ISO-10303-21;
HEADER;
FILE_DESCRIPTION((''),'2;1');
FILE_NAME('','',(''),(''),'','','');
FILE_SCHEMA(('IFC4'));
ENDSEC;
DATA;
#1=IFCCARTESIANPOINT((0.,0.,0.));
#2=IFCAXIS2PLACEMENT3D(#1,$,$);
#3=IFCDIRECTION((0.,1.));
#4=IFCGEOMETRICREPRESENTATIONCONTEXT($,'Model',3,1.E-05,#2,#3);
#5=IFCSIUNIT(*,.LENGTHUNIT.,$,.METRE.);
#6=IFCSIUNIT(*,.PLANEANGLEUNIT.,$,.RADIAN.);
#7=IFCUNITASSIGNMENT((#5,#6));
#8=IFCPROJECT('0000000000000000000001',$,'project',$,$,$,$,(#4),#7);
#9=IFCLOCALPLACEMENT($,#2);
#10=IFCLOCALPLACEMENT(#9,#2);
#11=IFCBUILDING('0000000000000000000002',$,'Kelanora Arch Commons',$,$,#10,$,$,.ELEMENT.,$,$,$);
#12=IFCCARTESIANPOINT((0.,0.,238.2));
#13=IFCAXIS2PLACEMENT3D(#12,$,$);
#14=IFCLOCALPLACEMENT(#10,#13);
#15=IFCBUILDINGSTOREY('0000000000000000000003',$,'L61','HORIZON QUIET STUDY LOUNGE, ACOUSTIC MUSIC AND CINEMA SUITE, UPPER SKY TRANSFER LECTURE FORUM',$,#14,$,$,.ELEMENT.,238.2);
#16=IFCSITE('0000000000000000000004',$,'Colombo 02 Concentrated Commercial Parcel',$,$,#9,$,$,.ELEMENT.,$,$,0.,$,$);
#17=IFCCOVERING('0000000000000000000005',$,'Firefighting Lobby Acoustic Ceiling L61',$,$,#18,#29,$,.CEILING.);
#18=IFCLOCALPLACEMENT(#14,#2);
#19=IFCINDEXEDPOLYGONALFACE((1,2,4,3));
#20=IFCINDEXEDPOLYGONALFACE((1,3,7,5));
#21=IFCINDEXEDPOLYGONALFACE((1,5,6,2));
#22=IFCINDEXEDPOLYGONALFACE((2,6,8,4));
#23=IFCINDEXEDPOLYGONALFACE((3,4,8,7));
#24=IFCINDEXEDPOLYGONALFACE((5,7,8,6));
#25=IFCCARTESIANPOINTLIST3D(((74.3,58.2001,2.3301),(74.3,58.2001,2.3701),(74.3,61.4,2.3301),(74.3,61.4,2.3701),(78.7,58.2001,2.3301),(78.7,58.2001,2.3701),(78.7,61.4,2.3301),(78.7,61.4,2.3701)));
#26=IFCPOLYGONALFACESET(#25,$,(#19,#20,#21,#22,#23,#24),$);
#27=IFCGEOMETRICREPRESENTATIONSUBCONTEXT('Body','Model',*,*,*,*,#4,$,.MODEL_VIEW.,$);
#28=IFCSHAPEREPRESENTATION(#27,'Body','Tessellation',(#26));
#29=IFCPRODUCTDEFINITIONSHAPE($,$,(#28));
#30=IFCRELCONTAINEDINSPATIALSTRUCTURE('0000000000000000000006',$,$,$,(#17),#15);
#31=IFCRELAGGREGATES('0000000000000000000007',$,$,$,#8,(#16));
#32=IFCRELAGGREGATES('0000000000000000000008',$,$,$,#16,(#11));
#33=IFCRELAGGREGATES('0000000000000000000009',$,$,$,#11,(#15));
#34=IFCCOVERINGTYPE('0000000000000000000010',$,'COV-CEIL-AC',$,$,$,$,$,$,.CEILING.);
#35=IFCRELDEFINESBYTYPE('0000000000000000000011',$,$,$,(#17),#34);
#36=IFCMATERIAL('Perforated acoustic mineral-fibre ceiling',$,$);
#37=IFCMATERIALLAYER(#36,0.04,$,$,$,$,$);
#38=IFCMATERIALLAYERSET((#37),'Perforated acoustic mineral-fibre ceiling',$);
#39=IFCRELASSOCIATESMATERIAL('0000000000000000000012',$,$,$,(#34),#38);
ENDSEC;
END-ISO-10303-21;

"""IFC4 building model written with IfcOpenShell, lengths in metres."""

from ifc_helpers import new_model, si_unit, direction, frame, origin, origin_2d, place, context, subcontext, project, spatial, rectangle, extrude, source, transform, mapped, material, layer, layer_set, type_object, element, save


model = new_model("IFC4")

# Units and contexts
model_context = context("Model", 3, precision=1e-05, world=origin(), true_north=direction((0.0, 1.0)))
body_context = subcontext(model_context, "Body", "Model", "MODEL_VIEW")
ifc_project = project(units=[si_unit("LENGTHUNIT", "METRE"), si_unit("PLANEANGLEUNIT", "RADIAN")], contexts=[model_context])

# Site, building, storey
site_placement = place(None, origin())
site = spatial("IfcSite", under=ifc_project, at=site_placement, Name="Colombo 02 Concentrated Commercial Parcel", CompositionType="ELEMENT", RefElevation=0.0)
building_placement = place(site_placement, origin())
building = spatial("IfcBuilding", under=site, at=building_placement, Name="Kelanora Arch Commons", CompositionType="ELEMENT")
storey_placement = place(building_placement, frame((0.0, 0.0, 238.2)))
storey = spatial("IfcBuildingStorey", under=building, at=storey_placement, Name="L61", Description="HORIZON QUIET STUDY LOUNGE, ACOUSTIC MUSIC AND CINEMA SUITE, UPPER SKY TRANSFER LECTURE FORUM", CompositionType="ELEMENT", Elevation=238.2)

# Covering
ifc_material_1 = material(Name="Perforated acoustic mineral-fibre ceiling")
ifc_layer_1 = layer(ifc_material_1, 0.04)
ifc_layer_set_1 = layer_set([ifc_layer_1], Name="Perforated acoustic mineral-fibre ceiling")
covering_type_1 = type_object("IfcCoveringType", Name="COV-CEIL-AC", PredefinedType="CEILING", material=ifc_layer_set_1)
shared_shape_1 = source(origin(), body_context, "Body", "SweptSolid", [
    extrude(rectangle(XDim=4.3999, YDim=3.2, at=origin_2d()), origin(), (0.0, 0.0, 1.0), 0.04),
])
covering_1_placement = place(storey_placement, frame((76.5, 59.8, 2.3301), z_axis=(0.0, 0.0, 1.0), x_axis=(1.0, 0.0, 0.0)))
element("IfcCovering", 1, at=covering_1_placement, inside=storey, type_object=covering_type_1, Name="Firefighting Lobby Acoustic Ceiling L61", PredefinedType="CEILING", context=body_context, shape_type="MappedRepresentation", body=[
    mapped(shared_shape_1, transform((0.0, 0.0, 0.0), scale=1.0)),
])

save(model, "model.ifc")
